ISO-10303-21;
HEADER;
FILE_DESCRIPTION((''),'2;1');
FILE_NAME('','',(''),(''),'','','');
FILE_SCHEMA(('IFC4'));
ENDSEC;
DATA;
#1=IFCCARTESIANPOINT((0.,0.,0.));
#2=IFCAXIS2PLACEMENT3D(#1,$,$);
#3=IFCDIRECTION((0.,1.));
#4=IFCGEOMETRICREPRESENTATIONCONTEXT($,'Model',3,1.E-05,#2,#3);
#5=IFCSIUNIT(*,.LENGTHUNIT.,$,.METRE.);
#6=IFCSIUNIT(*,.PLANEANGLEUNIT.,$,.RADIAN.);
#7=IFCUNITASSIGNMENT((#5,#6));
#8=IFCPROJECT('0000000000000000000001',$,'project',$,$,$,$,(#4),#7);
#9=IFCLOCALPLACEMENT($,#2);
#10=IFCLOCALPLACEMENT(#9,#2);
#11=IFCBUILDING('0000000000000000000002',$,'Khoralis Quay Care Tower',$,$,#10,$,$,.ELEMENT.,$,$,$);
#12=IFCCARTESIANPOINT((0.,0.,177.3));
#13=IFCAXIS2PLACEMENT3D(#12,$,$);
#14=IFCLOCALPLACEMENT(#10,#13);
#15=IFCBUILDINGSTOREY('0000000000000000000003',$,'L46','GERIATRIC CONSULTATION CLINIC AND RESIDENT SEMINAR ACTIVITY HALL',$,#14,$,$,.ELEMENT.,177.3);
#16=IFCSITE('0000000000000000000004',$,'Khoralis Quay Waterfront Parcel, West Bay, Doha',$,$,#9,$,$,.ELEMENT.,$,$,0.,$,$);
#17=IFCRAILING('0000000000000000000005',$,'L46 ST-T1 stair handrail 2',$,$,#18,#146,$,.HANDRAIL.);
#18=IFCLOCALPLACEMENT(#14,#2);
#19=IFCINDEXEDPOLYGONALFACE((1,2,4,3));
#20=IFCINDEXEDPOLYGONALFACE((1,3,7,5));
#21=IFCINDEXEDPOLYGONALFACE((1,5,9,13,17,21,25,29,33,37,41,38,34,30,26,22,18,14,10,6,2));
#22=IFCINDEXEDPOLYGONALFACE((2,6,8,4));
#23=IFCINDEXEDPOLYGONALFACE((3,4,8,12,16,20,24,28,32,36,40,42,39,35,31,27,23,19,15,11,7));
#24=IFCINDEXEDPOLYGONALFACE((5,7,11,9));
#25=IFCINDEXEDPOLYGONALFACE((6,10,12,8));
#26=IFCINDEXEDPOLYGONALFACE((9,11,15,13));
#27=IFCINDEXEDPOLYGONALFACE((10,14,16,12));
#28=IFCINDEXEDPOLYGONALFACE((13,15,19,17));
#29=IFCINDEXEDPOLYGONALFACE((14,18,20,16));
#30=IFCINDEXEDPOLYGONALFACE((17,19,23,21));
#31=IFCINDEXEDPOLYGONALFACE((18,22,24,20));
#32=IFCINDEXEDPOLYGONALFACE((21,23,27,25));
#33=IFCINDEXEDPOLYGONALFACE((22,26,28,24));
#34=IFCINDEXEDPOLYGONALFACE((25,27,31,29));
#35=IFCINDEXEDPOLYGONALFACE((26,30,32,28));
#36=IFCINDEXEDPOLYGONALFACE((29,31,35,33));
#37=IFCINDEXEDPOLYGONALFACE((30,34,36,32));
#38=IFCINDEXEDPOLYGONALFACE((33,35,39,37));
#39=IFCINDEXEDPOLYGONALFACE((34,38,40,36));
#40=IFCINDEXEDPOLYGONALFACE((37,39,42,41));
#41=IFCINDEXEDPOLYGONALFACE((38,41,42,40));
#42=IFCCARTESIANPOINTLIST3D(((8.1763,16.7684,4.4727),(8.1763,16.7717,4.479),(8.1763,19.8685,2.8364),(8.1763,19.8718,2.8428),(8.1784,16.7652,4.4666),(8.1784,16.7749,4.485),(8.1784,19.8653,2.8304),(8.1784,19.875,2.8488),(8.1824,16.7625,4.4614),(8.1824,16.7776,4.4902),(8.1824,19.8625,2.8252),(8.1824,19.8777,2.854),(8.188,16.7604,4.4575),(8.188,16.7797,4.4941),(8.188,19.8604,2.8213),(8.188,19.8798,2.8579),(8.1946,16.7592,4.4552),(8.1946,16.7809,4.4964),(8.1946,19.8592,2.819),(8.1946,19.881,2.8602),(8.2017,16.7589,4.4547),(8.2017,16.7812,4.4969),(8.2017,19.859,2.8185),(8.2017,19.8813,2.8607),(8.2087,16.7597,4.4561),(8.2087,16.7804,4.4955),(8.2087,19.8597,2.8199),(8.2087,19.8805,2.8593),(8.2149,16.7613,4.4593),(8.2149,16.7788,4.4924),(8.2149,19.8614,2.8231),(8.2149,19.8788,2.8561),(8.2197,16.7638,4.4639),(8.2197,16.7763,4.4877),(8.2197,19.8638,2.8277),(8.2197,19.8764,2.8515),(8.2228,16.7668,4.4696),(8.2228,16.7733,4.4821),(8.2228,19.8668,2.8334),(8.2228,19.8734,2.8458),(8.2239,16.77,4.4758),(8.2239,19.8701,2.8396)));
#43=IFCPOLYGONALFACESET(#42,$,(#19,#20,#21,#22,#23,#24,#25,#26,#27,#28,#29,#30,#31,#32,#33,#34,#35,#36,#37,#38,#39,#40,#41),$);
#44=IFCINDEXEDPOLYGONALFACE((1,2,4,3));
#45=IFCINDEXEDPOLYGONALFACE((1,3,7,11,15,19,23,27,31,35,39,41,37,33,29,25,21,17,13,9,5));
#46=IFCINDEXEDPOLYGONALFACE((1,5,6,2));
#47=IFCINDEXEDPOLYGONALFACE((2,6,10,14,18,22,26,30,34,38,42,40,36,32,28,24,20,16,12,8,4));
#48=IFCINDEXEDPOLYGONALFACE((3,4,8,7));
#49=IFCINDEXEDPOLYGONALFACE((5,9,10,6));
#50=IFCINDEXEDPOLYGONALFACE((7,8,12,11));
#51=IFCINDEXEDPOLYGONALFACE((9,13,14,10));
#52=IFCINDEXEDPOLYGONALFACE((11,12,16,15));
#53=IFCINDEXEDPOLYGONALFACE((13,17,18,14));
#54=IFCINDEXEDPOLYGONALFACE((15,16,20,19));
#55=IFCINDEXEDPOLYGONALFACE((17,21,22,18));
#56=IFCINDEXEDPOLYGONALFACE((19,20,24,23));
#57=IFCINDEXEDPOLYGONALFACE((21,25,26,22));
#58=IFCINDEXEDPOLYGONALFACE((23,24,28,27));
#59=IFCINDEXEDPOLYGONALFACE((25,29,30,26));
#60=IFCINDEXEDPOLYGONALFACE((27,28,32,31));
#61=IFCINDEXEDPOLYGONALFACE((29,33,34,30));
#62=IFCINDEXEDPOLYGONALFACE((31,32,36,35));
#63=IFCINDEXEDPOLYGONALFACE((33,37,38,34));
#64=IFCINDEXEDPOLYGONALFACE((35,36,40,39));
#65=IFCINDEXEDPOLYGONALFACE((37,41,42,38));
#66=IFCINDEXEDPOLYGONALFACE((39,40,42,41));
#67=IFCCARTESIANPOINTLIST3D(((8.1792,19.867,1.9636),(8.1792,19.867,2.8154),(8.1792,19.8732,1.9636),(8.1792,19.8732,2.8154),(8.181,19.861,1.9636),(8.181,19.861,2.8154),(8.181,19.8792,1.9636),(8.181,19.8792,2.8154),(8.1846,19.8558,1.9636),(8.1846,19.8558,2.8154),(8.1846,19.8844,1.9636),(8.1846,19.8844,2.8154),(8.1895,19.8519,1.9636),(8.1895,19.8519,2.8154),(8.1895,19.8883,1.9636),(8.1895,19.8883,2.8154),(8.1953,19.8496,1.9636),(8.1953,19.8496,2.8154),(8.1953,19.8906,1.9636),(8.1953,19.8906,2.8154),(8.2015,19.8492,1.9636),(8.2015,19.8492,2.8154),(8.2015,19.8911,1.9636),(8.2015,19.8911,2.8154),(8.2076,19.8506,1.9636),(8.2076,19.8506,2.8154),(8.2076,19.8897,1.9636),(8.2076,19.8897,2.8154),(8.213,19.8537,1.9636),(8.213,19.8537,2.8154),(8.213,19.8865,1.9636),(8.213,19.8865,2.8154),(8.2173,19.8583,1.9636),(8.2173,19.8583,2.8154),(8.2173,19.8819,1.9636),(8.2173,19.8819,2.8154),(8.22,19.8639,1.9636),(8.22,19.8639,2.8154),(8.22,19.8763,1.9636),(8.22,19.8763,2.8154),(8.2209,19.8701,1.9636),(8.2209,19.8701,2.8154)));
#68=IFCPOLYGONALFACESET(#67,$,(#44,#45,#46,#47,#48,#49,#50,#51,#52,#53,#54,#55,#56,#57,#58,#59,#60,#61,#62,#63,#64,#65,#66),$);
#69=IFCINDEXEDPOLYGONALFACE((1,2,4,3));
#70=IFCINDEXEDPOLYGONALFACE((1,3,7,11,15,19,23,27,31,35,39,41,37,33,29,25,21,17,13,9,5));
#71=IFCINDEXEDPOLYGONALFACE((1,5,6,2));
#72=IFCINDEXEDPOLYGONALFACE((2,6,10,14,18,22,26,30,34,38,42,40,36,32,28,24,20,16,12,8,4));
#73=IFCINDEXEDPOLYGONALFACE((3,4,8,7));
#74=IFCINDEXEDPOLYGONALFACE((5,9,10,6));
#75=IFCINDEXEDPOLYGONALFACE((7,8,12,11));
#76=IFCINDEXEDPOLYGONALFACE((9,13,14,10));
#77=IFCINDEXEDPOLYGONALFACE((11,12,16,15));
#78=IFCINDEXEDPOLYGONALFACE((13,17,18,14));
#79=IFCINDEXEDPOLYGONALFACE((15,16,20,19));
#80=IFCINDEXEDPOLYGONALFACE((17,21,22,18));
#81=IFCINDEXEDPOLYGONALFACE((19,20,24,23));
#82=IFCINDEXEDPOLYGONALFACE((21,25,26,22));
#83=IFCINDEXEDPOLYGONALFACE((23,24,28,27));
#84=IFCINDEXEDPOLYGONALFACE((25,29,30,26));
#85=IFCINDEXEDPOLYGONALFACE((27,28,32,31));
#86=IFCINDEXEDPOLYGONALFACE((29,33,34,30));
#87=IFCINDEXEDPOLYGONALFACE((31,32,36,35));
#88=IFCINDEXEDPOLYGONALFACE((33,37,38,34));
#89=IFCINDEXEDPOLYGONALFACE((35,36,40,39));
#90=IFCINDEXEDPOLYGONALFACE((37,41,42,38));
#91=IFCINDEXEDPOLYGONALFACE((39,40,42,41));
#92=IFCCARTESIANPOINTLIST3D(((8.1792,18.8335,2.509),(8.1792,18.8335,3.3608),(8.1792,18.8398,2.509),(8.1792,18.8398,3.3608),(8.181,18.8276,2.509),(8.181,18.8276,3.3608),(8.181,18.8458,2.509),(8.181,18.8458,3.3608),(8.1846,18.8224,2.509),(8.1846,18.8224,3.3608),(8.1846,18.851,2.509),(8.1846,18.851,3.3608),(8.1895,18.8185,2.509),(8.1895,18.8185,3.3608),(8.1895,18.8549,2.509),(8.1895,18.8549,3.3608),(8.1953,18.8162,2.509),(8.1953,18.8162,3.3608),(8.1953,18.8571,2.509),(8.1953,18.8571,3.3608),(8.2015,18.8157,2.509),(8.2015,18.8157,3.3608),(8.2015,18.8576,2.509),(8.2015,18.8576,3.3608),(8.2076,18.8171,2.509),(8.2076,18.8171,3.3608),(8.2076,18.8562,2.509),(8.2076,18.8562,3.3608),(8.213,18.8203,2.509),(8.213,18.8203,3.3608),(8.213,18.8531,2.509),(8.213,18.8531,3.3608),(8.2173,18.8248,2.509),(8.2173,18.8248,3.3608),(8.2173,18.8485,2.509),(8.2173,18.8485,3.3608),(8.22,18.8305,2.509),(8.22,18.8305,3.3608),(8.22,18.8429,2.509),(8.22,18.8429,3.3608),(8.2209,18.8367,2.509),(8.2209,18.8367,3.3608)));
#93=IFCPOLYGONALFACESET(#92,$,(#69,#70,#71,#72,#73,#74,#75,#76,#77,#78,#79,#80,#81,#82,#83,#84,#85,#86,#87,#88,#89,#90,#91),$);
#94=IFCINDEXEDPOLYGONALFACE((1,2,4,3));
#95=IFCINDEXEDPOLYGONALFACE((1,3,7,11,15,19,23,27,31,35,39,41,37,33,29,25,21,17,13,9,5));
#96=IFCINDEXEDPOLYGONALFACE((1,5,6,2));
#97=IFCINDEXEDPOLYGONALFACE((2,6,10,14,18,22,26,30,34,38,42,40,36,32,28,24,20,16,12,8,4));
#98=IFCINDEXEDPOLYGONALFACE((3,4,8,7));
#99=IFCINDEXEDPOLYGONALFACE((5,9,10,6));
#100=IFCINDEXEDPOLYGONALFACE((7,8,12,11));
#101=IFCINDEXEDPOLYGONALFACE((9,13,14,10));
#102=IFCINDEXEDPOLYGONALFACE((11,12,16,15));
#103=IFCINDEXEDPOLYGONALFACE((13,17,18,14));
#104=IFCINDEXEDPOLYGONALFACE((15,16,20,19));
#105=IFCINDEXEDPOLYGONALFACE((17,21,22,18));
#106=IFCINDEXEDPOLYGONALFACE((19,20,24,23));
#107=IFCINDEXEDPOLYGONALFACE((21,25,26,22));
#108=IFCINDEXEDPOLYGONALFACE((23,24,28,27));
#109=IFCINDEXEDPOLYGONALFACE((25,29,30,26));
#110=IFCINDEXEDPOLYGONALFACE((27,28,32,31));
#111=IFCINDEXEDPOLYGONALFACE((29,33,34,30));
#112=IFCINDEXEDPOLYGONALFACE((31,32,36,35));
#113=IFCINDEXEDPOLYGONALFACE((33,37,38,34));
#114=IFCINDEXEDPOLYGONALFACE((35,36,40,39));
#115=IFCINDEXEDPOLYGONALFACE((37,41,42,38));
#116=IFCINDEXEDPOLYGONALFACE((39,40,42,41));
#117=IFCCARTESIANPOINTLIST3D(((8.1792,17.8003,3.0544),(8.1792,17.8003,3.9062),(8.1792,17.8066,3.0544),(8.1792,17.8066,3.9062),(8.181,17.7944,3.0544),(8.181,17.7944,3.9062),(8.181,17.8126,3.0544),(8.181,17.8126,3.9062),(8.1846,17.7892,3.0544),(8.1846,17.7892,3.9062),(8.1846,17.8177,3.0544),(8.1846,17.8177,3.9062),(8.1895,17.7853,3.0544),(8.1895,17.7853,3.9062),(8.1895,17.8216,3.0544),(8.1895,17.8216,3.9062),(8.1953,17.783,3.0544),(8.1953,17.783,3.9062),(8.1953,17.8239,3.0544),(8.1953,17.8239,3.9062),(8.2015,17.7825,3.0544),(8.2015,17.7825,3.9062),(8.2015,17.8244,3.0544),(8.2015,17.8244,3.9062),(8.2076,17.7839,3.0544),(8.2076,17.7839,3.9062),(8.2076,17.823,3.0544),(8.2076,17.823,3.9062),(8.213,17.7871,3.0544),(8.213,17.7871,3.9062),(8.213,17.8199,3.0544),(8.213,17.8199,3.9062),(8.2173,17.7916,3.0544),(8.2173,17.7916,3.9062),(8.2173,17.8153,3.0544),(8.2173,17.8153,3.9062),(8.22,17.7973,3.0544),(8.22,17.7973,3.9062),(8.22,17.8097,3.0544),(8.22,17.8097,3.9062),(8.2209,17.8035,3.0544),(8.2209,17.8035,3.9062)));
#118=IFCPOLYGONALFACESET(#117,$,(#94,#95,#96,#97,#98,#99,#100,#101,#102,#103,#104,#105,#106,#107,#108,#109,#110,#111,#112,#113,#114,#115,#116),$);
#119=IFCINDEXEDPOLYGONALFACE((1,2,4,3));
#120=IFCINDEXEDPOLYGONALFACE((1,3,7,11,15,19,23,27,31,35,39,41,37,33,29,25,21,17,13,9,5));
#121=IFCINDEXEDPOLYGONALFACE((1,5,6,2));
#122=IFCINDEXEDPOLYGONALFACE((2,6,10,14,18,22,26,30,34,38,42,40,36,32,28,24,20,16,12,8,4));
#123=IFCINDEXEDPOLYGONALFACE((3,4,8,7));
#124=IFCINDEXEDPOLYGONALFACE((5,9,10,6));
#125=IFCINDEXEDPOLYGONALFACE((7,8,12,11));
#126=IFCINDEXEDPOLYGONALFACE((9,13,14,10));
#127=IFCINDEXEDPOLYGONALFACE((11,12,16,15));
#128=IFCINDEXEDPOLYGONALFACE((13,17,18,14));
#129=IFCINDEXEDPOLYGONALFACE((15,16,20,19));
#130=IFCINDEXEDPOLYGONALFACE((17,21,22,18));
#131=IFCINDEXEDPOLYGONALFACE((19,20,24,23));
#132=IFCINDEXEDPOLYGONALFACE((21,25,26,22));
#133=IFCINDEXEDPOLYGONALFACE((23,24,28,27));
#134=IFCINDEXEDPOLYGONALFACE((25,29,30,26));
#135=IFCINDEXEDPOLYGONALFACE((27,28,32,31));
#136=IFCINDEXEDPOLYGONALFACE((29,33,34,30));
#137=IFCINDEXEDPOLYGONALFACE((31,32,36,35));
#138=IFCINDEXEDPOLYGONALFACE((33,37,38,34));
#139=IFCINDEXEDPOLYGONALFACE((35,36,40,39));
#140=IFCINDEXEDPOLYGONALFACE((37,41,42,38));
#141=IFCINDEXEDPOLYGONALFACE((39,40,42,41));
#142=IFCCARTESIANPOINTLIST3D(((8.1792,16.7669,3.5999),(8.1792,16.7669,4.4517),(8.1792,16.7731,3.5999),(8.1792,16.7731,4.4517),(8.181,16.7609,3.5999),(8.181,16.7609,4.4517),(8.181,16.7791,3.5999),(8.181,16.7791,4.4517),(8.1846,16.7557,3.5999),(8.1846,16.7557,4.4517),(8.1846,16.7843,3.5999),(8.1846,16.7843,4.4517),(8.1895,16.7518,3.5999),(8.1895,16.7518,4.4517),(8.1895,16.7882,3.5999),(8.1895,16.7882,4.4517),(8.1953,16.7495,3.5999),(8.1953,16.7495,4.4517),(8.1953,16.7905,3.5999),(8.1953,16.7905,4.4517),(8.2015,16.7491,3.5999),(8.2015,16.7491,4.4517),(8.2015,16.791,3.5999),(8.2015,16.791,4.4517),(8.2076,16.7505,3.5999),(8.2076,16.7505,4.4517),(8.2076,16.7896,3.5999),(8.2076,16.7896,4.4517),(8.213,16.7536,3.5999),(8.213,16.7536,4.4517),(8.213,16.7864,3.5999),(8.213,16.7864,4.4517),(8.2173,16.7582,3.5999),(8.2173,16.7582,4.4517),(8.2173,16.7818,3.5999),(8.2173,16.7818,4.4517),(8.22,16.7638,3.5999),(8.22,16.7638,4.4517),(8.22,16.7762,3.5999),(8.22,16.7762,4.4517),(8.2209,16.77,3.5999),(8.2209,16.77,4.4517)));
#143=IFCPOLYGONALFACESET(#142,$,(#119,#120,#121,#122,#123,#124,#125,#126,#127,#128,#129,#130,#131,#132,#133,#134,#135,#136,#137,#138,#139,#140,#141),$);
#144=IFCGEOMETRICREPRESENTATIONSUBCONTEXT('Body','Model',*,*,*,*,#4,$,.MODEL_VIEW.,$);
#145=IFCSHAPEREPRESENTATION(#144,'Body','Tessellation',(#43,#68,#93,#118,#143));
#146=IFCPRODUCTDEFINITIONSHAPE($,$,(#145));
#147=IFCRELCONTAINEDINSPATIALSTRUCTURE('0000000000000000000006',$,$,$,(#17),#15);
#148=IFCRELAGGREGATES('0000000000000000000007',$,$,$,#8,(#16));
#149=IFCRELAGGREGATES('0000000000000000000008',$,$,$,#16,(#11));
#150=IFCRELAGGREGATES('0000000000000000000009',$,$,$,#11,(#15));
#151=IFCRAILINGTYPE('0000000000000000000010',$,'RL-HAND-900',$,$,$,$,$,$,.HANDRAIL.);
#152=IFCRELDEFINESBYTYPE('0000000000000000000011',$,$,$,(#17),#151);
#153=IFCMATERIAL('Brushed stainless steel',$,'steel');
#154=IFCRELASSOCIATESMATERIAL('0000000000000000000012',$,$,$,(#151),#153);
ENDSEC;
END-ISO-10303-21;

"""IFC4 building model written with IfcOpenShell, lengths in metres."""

from ifc_helpers import new_model, si_unit, direction, frame, origin, origin_2d, place, context, subcontext, project, spatial, circle, extrude, material, type_object, element, save


model = new_model("IFC4")

# Units and contexts
model_context = context("Model", 3, precision=1e-05, world=origin(), true_north=direction((0.0, 1.0)))
body_context = subcontext(model_context, "Body", "Model", "MODEL_VIEW")
ifc_project = project(units=[si_unit("LENGTHUNIT", "METRE"), si_unit("PLANEANGLEUNIT", "RADIAN")], contexts=[model_context])

# Site, building, storey
site_placement = place(None, origin())
site = spatial("IfcSite", under=ifc_project, at=site_placement, Name="Khoralis Quay Waterfront Parcel, West Bay, Doha", CompositionType="ELEMENT", RefElevation=0.0)
building_placement = place(site_placement, origin())
building = spatial("IfcBuilding", under=site, at=building_placement, Name="Khoralis Quay Care Tower", CompositionType="ELEMENT")
storey_placement = place(building_placement, frame((0.0, 0.0, 177.3)))
storey = spatial("IfcBuildingStorey", under=building, at=storey_placement, Name="L46", Description="GERIATRIC CONSULTATION CLINIC AND RESIDENT SEMINAR ACTIVITY HALL", CompositionType="ELEMENT", Elevation=177.3)

# Railing
ifc_material_1 = material(Name="Brushed stainless steel", Category="steel")
railing_type_1 = type_object("IfcRailingType", Name="RL-HAND-900", PredefinedType="HANDRAIL", material=ifc_material_1)
railing_1_placement = place(storey_placement, frame((8.2, 19.8701, 1.9636)))
element("IfcRailing", 1, at=railing_1_placement, inside=storey, type_object=railing_type_1, Name="L46 ST-T1 stair handrail 2", PredefinedType="HANDRAIL", context=body_context, shape_type="SweptSolid", body=[
    extrude(circle(Radius=0.0239, at=origin_2d()), frame((0.0, 0.0, 0.876), z_axis=(0.0, -0.884377, 0.466774), x_axis=(1.0, 0.0, 0.0)), (0.0, 0.0, 1.0), 3.5054),
    extrude(circle(Radius=0.021, at=origin_2d()), origin(), (0.0, 0.0, 1.0), 0.8518),
    extrude(circle(Radius=0.021, at=origin_2d()), frame((0.0, -1.0334, 0.5454)), (0.0, 0.0, 1.0), 0.8518),
    extrude(circle(Radius=0.021, at=origin_2d()), frame((0.0, -2.0667, 1.0908)), (0.0, 0.0, 1.0), 0.8518),
    extrude(circle(Radius=0.021, at=origin_2d()), frame((0.0, -3.1001, 1.6362)), (0.0, 0.0, 1.0), 0.8518),
])

save(model, "model.ifc")
